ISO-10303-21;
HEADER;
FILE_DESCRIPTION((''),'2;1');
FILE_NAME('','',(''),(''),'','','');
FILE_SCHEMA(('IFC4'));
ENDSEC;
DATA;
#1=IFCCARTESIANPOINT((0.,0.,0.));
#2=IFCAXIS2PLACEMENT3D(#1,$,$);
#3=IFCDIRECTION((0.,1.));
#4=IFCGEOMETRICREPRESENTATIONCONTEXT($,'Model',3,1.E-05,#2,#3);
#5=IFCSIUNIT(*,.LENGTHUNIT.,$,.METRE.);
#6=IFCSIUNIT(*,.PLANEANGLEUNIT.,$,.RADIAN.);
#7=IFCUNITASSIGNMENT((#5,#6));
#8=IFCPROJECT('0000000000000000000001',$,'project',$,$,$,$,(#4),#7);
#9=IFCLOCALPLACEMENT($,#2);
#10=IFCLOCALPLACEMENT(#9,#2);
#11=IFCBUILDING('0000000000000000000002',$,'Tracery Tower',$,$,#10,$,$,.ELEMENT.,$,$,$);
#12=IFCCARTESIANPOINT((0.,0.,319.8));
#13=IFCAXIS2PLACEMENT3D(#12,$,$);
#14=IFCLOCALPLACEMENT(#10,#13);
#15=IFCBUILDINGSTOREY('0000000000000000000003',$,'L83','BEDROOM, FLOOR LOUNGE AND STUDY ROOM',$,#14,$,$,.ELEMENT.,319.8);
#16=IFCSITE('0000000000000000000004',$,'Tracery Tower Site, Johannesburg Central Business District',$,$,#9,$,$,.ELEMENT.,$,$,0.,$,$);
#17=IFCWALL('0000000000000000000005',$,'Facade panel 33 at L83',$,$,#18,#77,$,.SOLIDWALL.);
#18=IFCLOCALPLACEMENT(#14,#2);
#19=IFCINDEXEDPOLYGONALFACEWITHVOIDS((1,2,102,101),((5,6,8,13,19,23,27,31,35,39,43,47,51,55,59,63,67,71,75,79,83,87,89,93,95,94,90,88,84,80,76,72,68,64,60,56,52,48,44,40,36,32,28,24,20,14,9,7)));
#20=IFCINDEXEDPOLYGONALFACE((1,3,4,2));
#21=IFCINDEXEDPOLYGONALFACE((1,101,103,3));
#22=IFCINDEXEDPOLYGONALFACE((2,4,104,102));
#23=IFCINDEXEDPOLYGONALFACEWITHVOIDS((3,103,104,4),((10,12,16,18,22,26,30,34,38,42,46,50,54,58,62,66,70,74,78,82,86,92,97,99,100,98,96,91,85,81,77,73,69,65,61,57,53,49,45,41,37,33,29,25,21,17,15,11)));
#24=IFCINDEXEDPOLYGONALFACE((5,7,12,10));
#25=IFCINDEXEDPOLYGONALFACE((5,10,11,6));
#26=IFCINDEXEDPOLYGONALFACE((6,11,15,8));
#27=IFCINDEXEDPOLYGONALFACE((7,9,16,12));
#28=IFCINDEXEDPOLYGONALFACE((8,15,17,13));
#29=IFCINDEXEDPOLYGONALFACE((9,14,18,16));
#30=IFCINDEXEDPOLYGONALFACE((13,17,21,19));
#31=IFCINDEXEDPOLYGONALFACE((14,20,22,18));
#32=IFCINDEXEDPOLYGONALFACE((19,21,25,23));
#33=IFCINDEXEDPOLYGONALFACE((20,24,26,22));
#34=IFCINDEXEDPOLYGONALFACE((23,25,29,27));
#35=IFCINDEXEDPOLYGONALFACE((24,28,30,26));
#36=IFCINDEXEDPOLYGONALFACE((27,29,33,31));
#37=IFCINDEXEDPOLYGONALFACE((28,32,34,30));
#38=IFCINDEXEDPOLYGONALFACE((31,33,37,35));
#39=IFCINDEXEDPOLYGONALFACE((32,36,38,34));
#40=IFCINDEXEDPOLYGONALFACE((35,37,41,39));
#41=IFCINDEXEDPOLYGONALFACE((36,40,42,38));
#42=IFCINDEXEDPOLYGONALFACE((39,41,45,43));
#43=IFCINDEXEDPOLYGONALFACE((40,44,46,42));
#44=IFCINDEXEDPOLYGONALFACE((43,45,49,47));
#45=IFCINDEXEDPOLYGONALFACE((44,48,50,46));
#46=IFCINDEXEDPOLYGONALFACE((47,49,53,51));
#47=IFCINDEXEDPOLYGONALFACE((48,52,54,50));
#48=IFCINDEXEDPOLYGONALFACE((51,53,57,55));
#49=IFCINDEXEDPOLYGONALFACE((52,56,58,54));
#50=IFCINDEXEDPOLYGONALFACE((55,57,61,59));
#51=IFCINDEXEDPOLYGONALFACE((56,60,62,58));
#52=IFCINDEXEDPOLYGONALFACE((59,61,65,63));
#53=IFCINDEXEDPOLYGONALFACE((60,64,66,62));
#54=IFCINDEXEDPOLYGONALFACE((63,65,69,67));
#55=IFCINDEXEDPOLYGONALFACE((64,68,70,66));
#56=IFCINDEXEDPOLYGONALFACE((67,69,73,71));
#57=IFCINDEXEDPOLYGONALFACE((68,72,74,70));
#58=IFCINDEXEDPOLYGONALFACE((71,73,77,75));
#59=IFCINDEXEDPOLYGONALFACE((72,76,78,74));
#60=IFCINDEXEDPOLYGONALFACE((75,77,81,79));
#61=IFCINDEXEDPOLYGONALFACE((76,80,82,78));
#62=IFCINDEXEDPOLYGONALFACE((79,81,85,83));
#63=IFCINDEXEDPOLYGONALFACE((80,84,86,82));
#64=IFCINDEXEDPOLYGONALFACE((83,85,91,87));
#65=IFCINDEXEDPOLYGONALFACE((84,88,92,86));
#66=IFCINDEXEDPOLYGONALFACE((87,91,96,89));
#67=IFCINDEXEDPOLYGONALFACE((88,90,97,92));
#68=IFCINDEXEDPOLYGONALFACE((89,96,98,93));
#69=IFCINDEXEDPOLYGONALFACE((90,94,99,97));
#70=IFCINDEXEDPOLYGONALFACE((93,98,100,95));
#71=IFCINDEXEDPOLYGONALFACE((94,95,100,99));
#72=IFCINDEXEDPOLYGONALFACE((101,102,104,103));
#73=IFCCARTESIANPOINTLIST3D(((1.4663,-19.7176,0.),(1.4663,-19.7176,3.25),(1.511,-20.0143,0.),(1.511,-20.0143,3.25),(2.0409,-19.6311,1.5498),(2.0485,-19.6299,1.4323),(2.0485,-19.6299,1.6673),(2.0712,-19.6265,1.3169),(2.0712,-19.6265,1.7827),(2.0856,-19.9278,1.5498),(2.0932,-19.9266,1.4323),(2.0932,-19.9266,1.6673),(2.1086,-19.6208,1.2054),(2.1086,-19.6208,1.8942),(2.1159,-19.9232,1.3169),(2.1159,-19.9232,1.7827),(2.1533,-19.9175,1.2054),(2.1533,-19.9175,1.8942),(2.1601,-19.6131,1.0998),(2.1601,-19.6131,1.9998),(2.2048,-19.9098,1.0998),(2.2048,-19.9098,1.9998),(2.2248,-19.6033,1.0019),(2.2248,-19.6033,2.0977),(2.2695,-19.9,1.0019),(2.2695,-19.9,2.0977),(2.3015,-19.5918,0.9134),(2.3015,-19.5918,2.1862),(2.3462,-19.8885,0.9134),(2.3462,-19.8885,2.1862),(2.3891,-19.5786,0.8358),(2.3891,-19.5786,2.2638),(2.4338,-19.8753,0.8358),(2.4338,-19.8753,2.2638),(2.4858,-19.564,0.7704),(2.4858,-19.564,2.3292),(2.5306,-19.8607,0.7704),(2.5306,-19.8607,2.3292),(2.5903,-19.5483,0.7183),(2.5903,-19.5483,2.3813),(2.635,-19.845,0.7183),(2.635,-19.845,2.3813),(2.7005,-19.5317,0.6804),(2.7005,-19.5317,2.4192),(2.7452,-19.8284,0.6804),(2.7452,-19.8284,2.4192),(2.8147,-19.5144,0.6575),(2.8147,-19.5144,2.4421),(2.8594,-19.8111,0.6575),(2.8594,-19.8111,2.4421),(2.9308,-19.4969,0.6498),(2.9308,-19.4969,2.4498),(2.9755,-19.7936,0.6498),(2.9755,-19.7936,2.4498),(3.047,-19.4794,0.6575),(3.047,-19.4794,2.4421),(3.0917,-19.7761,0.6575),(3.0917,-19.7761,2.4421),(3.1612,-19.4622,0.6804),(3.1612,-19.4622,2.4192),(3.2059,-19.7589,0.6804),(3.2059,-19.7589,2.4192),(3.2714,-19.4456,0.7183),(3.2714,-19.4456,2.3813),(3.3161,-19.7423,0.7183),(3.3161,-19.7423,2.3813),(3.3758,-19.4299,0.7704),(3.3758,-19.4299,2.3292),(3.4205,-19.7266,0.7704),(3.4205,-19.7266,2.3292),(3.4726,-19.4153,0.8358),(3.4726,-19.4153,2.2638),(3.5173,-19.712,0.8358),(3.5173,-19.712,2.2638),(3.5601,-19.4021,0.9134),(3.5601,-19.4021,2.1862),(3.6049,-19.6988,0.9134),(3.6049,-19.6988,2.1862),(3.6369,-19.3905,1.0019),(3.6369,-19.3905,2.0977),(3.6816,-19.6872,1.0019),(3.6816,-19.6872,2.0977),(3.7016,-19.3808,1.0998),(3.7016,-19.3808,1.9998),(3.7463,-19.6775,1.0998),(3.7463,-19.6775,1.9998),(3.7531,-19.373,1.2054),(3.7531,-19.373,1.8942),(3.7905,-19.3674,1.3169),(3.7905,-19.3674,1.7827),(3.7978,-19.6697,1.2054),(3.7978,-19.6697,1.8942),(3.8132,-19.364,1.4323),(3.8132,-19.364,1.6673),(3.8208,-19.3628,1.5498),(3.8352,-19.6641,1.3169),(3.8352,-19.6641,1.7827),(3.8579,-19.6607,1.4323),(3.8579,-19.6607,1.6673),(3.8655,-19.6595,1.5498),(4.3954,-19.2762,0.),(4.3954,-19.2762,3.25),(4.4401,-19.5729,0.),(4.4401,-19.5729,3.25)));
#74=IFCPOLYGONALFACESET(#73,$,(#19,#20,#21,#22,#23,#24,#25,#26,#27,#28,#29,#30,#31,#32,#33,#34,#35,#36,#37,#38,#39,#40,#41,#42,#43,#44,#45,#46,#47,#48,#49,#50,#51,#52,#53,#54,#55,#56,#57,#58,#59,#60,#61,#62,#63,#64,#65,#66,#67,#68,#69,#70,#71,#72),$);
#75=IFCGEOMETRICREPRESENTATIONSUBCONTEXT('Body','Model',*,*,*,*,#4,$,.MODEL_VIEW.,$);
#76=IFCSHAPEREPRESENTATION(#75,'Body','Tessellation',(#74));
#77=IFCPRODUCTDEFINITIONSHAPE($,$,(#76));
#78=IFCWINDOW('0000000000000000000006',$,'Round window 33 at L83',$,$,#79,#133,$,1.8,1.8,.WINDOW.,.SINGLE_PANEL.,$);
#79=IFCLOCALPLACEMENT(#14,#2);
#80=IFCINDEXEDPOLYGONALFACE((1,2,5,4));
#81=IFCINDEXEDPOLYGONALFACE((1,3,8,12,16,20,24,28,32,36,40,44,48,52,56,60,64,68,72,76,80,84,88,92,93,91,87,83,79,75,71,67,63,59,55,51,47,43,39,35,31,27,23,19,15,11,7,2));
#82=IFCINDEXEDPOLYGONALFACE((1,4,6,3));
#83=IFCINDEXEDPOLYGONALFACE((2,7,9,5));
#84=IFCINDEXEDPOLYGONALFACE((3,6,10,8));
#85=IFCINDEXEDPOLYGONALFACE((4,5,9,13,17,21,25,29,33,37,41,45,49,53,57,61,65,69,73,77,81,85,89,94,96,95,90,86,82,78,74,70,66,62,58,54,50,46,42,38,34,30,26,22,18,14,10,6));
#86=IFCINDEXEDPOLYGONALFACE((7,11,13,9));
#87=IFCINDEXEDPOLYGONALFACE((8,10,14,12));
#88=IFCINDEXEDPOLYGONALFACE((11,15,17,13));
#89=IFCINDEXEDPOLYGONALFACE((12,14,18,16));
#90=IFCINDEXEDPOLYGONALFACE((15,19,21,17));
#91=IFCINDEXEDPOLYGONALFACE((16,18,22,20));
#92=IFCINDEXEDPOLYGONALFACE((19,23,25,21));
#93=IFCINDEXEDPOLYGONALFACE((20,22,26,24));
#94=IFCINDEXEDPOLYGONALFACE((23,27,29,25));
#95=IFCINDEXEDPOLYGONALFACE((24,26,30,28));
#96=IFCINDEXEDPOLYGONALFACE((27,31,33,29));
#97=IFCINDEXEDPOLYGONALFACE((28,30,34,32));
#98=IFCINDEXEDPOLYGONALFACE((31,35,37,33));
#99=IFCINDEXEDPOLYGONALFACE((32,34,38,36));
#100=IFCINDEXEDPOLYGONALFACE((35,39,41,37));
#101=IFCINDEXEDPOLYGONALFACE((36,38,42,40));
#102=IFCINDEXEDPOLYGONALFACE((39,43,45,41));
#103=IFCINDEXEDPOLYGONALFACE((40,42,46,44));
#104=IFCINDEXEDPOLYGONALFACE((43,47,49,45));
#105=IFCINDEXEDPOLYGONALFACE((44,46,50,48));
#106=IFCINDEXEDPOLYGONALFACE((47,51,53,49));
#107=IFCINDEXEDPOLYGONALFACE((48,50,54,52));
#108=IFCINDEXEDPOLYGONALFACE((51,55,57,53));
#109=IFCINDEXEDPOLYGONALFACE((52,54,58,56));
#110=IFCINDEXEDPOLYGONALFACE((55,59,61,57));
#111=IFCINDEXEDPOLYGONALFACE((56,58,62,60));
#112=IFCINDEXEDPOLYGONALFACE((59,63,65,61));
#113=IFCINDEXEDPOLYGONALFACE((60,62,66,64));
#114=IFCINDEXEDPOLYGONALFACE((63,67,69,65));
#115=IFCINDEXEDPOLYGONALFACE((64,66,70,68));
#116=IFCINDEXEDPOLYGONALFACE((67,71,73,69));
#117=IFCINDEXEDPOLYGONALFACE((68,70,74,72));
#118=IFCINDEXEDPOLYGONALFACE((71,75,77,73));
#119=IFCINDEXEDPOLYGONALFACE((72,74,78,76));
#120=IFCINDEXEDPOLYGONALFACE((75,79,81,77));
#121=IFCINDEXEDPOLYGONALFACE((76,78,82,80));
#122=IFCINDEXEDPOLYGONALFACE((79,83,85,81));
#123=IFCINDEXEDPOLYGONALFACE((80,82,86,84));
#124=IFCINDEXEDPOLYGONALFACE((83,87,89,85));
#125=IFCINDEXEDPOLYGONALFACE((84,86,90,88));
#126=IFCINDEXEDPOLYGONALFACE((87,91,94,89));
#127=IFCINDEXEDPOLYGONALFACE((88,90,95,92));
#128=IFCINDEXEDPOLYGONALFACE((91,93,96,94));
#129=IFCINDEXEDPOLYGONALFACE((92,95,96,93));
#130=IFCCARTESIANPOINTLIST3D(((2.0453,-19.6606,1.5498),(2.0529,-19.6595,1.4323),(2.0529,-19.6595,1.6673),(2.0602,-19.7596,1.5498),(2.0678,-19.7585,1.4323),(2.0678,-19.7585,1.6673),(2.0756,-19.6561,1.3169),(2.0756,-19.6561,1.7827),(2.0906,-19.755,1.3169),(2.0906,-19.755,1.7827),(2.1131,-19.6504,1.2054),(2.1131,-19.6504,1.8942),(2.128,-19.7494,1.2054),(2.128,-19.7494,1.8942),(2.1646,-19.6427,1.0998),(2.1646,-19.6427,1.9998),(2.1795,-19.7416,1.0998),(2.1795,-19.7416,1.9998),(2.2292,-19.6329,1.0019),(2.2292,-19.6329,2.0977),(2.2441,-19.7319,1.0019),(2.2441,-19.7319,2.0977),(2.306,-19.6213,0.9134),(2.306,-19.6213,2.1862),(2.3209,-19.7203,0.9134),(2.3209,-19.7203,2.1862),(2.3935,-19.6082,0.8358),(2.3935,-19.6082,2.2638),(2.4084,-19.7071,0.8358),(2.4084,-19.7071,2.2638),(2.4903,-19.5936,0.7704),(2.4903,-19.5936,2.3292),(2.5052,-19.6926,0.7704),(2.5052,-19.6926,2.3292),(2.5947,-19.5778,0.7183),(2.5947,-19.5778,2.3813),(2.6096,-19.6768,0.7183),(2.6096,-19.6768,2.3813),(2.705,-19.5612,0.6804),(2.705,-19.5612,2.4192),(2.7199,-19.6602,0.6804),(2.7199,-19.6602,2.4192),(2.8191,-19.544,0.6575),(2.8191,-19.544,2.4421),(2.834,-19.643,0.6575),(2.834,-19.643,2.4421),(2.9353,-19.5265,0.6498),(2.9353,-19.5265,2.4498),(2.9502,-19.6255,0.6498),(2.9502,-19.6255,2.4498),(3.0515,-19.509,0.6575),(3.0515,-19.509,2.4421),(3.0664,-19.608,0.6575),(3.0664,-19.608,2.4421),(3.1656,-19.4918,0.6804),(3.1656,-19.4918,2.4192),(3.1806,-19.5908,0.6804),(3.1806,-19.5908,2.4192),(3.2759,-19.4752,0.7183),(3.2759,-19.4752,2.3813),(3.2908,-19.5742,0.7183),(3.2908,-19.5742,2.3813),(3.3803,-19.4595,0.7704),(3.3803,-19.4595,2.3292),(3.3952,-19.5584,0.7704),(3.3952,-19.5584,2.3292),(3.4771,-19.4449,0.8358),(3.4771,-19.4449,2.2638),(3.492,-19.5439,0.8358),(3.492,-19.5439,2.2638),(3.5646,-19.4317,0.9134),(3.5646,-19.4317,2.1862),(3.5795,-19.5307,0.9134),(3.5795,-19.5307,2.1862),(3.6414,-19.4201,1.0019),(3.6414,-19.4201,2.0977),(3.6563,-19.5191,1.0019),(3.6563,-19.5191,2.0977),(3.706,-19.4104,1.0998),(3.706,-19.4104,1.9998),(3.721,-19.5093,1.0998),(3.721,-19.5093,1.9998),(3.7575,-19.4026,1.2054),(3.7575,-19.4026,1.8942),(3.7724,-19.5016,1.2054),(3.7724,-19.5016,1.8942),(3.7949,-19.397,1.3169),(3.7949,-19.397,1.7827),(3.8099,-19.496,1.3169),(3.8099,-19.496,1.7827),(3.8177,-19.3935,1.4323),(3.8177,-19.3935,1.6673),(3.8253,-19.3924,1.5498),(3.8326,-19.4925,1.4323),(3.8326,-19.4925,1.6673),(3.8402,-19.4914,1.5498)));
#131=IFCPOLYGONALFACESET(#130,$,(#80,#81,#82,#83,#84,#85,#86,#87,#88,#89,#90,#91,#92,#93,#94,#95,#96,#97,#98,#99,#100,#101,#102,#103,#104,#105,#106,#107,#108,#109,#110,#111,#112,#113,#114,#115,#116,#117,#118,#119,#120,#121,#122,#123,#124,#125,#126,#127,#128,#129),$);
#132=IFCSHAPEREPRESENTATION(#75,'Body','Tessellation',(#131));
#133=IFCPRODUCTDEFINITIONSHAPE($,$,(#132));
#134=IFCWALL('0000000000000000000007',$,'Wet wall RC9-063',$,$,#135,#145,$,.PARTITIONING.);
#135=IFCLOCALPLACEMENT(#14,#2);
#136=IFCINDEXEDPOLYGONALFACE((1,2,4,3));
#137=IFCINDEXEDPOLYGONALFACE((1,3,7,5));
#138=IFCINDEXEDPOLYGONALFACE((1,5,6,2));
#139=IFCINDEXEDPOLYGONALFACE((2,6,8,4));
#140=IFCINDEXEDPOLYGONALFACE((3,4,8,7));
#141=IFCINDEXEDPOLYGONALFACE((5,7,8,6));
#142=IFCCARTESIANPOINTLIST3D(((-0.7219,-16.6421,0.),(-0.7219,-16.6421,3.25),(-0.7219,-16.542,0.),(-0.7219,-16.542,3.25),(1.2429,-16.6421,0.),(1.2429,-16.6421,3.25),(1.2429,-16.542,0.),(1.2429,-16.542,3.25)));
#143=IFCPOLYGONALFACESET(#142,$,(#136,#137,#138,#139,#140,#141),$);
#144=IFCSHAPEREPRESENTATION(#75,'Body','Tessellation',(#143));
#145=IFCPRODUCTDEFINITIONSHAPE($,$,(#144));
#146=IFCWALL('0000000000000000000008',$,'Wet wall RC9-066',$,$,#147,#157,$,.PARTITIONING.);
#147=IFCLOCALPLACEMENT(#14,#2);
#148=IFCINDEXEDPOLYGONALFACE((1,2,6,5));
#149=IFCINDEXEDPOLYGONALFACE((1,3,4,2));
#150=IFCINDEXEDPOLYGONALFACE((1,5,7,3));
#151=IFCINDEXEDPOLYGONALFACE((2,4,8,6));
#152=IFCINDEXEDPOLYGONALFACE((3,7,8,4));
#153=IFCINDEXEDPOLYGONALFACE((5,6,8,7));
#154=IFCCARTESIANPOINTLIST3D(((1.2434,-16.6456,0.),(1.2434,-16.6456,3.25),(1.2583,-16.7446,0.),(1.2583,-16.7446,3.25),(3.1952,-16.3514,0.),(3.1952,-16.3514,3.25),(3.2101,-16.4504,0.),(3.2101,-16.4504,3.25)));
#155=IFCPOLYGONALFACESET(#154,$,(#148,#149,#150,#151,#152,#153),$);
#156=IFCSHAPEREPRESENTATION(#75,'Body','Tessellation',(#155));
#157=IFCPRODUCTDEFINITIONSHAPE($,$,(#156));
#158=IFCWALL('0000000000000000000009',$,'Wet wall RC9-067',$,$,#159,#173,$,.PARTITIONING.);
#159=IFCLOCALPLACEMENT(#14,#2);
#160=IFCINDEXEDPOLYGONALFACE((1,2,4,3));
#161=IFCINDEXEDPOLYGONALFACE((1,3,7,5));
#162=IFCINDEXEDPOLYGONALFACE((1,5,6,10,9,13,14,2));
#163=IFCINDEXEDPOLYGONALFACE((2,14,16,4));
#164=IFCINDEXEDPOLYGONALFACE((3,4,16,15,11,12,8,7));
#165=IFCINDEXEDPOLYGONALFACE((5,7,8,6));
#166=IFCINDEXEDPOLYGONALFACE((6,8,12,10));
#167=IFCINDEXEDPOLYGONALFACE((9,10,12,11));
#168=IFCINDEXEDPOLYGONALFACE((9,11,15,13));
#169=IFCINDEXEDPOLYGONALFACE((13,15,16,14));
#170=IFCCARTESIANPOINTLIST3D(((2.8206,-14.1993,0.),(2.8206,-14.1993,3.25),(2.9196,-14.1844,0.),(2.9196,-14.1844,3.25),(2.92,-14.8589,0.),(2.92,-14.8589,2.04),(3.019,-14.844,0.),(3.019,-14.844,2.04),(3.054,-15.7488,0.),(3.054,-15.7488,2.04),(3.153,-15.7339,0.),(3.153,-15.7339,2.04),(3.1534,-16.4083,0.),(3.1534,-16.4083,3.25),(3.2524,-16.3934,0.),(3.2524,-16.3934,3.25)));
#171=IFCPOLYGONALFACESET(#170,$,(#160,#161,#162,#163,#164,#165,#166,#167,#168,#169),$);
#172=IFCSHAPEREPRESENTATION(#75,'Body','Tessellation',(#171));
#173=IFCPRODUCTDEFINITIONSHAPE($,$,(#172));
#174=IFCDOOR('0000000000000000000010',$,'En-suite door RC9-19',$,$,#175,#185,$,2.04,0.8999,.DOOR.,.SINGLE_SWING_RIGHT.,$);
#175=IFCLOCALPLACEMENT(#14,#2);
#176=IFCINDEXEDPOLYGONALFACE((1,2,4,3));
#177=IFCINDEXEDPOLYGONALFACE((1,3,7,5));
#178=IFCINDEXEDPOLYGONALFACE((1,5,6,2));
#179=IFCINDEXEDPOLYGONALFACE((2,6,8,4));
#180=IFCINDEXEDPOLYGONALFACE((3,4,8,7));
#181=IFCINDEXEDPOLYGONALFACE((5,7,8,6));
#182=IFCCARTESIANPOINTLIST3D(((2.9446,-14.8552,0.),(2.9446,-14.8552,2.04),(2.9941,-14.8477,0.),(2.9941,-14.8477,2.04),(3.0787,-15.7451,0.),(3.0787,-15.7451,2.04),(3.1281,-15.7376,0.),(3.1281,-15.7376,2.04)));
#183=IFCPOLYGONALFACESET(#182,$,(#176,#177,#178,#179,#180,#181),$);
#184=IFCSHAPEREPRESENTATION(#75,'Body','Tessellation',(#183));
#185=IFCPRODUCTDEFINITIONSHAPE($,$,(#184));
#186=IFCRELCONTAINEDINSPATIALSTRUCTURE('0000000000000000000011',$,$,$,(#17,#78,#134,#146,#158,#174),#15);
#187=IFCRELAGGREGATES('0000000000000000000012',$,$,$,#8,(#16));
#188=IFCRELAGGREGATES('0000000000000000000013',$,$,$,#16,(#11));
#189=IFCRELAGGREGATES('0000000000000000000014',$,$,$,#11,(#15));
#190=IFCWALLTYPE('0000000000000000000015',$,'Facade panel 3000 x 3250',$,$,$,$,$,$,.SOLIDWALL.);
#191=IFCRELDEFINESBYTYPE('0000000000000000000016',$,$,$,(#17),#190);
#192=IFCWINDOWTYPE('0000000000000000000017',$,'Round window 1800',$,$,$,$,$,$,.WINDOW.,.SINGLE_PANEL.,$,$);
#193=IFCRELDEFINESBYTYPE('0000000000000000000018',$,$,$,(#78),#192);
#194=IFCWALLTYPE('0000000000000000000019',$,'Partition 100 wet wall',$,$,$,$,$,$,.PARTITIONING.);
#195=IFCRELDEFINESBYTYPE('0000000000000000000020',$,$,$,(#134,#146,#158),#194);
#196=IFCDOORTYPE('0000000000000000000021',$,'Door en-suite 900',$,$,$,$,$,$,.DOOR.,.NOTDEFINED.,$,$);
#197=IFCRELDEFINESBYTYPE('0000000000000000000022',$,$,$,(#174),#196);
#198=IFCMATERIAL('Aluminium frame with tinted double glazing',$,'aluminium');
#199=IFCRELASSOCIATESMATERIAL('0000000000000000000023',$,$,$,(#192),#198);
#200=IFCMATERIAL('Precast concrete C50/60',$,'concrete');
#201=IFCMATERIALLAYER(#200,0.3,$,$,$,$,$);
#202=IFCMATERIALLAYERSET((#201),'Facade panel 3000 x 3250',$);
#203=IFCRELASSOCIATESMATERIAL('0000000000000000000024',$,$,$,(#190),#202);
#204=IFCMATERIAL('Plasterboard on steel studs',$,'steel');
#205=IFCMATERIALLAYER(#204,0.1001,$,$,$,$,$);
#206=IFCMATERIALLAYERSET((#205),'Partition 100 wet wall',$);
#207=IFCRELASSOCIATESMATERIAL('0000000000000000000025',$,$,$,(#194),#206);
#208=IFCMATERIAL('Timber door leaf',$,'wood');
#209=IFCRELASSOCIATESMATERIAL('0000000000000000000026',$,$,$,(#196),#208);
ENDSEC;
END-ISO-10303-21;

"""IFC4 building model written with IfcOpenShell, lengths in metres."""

from ifc_helpers import new_model, si_unit, direction, frame, frame_2d, origin, origin_2d, place, context, subcontext, project, spatial, rectangle, circle, extrude, material, layer, layer_set, type_object, element, fill, save


model = new_model("IFC4")

# Units and contexts
model_context = context("Model", 3, precision=1e-05, world=origin(), true_north=direction((0.0, 1.0)))
body_context = subcontext(model_context, "Body", "Model", "MODEL_VIEW")
ifc_project = project(units=[si_unit("LENGTHUNIT", "METRE"), si_unit("PLANEANGLEUNIT", "RADIAN")], contexts=[model_context])

# Site, building, storey
site_placement = place(None, origin())
site = spatial("IfcSite", under=ifc_project, at=site_placement, Name="Tracery Tower Site, Johannesburg Central Business District", CompositionType="ELEMENT", RefElevation=0.0)
building_placement = place(site_placement, origin())
building = spatial("IfcBuilding", under=site, at=building_placement, Name="Tracery Tower", CompositionType="ELEMENT")
storey_placement = place(building_placement, frame((0.0, 0.0, 319.8)))
storey = spatial("IfcBuildingStorey", under=building, at=storey_placement, Name="L83", Description="BEDROOM, FLOOR LOUNGE AND STUDY ROOM", CompositionType="ELEMENT", Elevation=319.8)

# Wall, opening, window
ifc_material_1 = material(Name="Aluminium frame with tinted double glazing", Category="aluminium")
window_type = type_object("IfcWindowType", Name="Round window 1800", PartitioningType="SINGLE_PANEL", PredefinedType="WINDOW", material=ifc_material_1)
ifc_material_2 = material(Name="Precast concrete C50/60", Category="concrete")
ifc_layer_1 = layer(ifc_material_2, 0.3)
ifc_layer_set_1 = layer_set([ifc_layer_1], Name="Facade panel 3000 x 3250")
wall_type_1 = type_object("IfcWallType", Name="Facade panel 3000 x 3250", PredefinedType="SOLIDWALL", material=ifc_layer_set_1)
wall_1_placement = place(storey_placement, frame((1.4888, -19.866, 0.0), z_axis=(0.0, 0.0, 1.0), x_axis=(0.988836, 0.149009, 0.0)))
wall_1 = element("IfcWall", 1, at=wall_1_placement, inside=storey, type_object=wall_type_1, Name="Facade panel 33 at L83", PredefinedType="SOLIDWALL", context=body_context, shape_type="SweptSolid", body=[
    extrude(rectangle(XDim=2.9622, YDim=0.3, at=frame_2d((1.481, 0.0))), origin(), (0.0, 0.0, 1.0), 3.25),
])
opening_1_placement = place(wall_1_placement, frame((1.481, 0.0, 1.5498)))
opening_1 = element("IfcOpeningElement", 2, at=opening_1_placement, cuts=wall_1, PredefinedType="OPENING", context=body_context, shape_type="SweptSolid", body=[
    extrude(circle(Radius=0.9, at=origin_2d()), frame((0.0, 0.1599, 0.0), z_axis=(0.0, -1.0, 0.0), x_axis=(1.0, 0.0, 0.0)), (0.0, 0.0, 1.0), 0.3201),
])
window_1_placement = place(opening_1_placement, origin())
window_1 = element("IfcWindow", 3, at=window_1_placement, inside=storey, type_object=window_type, Name="Round window 33 at L83", OverallHeight=1.8, OverallWidth=1.8, PartitioningType="SINGLE_PANEL", PredefinedType="WINDOW", context=body_context, shape_type="SweptSolid", body=[
    extrude(circle(Radius=0.9, at=origin_2d()), frame((0.0, 0.1201, 0.0), z_axis=(0.0, -1.0, 0.0), x_axis=(1.0, 0.0, 0.0)), (0.0, 0.0, 1.0), 0.1001),
])
fill(opening_1, window_1)

# Walls
ifc_material_3 = material(Name="Plasterboard on steel studs", Category="steel")
ifc_layer_2 = layer(ifc_material_3, 0.1001)
ifc_layer_set_2 = layer_set([ifc_layer_2], Name="Partition 100 wet wall")
wall_type_2 = type_object("IfcWallType", Name="Partition 100 wet wall", PredefinedType="PARTITIONING", material=ifc_layer_set_2)
wall_2_placement = place(storey_placement, frame((-0.7219, -16.592, 0.0), z_axis=(0.0, 0.0, 1.0), x_axis=(1.0, 0.0, 0.0)))
element("IfcWall", 4, at=wall_2_placement, inside=storey, type_object=wall_type_2, Name="Wet wall RC9-063", PredefinedType="PARTITIONING", context=body_context, shape_type="SweptSolid", body=[
    extrude(rectangle(XDim=1.9648, YDim=0.1001, at=frame_2d((0.9824, 0.0))), origin(), (0.0, 0.0, 1.0), 3.25),
])
wall_3_placement = place(storey_placement, frame((1.251, -16.6951, 0.0), z_axis=(0.0, 0.0, 1.0), x_axis=(0.988832, 0.149036, 0.0)))
element("IfcWall", 5, at=wall_3_placement, inside=storey, type_object=wall_type_2, Name="Wet wall RC9-066", PredefinedType="PARTITIONING", context=body_context, shape_type="SweptSolid", body=[
    extrude(rectangle(XDim=1.9739, YDim=0.1001, at=frame_2d((0.9868, 0.0))), origin(), (0.0, 0.0, 1.0), 3.25),
])

# Wall, opening, door
wall_4_placement = place(storey_placement, frame((2.8701, -14.1919, 0.0), z_axis=(0.0, 0.0, 1.0), x_axis=(0.14896, -0.988843, 0.0)))
wall_4 = element("IfcWall", 6, at=wall_4_placement, inside=storey, type_object=wall_type_2, Name="Wet wall RC9-067", PredefinedType="PARTITIONING", context=body_context, shape_type="SweptSolid", body=[
    extrude(rectangle(XDim=2.2339, YDim=0.1001, at=frame_2d((1.1169, 0.0))), origin(), (0.0, 0.0, 1.0), 3.25),
])
opening_2_placement = place(wall_4_placement, frame((0.667, 0.0, 0.0)))
opening_2 = element("IfcOpeningElement", 7, at=opening_2_placement, cuts=wall_4, PredefinedType="OPENING", context=body_context, shape_type="SweptSolid", body=[
    extrude(rectangle(XDim=0.8999, YDim=2.04, at=frame_2d((0.45, 1.02))), frame((0.0, 0.05, 0.0), z_axis=(0.0, -1.0, 0.0), x_axis=(1.0, 0.0, 0.0)), (0.0, 0.0, 1.0), 0.1001),
])
ifc_material_4 = material(Name="Timber door leaf", Category="wood")
door_type_1 = type_object("IfcDoorType", Name="Door en-suite 900", OperationType="NOTDEFINED", PredefinedType="DOOR", material=ifc_material_4)
door_1_placement = place(opening_2_placement, origin())
door_1 = element("IfcDoor", 8, at=door_1_placement, inside=storey, type_object=door_type_1, Name="En-suite door RC9-19", OperationType="SINGLE_SWING_RIGHT", OverallHeight=2.04, OverallWidth=0.8999, PredefinedType="DOOR", context=body_context, shape_type="SweptSolid", body=[
    extrude(rectangle(XDim=0.8999, YDim=2.04, at=frame_2d((0.45, 1.02))), frame((0.0, 0.0249, 0.0), z_axis=(0.0, -1.0, 0.0), x_axis=(1.0, 0.0, 0.0)), (0.0, 0.0, 1.0), 0.05),
])
fill(opening_2, door_1)

save(model, "model.ifc")
